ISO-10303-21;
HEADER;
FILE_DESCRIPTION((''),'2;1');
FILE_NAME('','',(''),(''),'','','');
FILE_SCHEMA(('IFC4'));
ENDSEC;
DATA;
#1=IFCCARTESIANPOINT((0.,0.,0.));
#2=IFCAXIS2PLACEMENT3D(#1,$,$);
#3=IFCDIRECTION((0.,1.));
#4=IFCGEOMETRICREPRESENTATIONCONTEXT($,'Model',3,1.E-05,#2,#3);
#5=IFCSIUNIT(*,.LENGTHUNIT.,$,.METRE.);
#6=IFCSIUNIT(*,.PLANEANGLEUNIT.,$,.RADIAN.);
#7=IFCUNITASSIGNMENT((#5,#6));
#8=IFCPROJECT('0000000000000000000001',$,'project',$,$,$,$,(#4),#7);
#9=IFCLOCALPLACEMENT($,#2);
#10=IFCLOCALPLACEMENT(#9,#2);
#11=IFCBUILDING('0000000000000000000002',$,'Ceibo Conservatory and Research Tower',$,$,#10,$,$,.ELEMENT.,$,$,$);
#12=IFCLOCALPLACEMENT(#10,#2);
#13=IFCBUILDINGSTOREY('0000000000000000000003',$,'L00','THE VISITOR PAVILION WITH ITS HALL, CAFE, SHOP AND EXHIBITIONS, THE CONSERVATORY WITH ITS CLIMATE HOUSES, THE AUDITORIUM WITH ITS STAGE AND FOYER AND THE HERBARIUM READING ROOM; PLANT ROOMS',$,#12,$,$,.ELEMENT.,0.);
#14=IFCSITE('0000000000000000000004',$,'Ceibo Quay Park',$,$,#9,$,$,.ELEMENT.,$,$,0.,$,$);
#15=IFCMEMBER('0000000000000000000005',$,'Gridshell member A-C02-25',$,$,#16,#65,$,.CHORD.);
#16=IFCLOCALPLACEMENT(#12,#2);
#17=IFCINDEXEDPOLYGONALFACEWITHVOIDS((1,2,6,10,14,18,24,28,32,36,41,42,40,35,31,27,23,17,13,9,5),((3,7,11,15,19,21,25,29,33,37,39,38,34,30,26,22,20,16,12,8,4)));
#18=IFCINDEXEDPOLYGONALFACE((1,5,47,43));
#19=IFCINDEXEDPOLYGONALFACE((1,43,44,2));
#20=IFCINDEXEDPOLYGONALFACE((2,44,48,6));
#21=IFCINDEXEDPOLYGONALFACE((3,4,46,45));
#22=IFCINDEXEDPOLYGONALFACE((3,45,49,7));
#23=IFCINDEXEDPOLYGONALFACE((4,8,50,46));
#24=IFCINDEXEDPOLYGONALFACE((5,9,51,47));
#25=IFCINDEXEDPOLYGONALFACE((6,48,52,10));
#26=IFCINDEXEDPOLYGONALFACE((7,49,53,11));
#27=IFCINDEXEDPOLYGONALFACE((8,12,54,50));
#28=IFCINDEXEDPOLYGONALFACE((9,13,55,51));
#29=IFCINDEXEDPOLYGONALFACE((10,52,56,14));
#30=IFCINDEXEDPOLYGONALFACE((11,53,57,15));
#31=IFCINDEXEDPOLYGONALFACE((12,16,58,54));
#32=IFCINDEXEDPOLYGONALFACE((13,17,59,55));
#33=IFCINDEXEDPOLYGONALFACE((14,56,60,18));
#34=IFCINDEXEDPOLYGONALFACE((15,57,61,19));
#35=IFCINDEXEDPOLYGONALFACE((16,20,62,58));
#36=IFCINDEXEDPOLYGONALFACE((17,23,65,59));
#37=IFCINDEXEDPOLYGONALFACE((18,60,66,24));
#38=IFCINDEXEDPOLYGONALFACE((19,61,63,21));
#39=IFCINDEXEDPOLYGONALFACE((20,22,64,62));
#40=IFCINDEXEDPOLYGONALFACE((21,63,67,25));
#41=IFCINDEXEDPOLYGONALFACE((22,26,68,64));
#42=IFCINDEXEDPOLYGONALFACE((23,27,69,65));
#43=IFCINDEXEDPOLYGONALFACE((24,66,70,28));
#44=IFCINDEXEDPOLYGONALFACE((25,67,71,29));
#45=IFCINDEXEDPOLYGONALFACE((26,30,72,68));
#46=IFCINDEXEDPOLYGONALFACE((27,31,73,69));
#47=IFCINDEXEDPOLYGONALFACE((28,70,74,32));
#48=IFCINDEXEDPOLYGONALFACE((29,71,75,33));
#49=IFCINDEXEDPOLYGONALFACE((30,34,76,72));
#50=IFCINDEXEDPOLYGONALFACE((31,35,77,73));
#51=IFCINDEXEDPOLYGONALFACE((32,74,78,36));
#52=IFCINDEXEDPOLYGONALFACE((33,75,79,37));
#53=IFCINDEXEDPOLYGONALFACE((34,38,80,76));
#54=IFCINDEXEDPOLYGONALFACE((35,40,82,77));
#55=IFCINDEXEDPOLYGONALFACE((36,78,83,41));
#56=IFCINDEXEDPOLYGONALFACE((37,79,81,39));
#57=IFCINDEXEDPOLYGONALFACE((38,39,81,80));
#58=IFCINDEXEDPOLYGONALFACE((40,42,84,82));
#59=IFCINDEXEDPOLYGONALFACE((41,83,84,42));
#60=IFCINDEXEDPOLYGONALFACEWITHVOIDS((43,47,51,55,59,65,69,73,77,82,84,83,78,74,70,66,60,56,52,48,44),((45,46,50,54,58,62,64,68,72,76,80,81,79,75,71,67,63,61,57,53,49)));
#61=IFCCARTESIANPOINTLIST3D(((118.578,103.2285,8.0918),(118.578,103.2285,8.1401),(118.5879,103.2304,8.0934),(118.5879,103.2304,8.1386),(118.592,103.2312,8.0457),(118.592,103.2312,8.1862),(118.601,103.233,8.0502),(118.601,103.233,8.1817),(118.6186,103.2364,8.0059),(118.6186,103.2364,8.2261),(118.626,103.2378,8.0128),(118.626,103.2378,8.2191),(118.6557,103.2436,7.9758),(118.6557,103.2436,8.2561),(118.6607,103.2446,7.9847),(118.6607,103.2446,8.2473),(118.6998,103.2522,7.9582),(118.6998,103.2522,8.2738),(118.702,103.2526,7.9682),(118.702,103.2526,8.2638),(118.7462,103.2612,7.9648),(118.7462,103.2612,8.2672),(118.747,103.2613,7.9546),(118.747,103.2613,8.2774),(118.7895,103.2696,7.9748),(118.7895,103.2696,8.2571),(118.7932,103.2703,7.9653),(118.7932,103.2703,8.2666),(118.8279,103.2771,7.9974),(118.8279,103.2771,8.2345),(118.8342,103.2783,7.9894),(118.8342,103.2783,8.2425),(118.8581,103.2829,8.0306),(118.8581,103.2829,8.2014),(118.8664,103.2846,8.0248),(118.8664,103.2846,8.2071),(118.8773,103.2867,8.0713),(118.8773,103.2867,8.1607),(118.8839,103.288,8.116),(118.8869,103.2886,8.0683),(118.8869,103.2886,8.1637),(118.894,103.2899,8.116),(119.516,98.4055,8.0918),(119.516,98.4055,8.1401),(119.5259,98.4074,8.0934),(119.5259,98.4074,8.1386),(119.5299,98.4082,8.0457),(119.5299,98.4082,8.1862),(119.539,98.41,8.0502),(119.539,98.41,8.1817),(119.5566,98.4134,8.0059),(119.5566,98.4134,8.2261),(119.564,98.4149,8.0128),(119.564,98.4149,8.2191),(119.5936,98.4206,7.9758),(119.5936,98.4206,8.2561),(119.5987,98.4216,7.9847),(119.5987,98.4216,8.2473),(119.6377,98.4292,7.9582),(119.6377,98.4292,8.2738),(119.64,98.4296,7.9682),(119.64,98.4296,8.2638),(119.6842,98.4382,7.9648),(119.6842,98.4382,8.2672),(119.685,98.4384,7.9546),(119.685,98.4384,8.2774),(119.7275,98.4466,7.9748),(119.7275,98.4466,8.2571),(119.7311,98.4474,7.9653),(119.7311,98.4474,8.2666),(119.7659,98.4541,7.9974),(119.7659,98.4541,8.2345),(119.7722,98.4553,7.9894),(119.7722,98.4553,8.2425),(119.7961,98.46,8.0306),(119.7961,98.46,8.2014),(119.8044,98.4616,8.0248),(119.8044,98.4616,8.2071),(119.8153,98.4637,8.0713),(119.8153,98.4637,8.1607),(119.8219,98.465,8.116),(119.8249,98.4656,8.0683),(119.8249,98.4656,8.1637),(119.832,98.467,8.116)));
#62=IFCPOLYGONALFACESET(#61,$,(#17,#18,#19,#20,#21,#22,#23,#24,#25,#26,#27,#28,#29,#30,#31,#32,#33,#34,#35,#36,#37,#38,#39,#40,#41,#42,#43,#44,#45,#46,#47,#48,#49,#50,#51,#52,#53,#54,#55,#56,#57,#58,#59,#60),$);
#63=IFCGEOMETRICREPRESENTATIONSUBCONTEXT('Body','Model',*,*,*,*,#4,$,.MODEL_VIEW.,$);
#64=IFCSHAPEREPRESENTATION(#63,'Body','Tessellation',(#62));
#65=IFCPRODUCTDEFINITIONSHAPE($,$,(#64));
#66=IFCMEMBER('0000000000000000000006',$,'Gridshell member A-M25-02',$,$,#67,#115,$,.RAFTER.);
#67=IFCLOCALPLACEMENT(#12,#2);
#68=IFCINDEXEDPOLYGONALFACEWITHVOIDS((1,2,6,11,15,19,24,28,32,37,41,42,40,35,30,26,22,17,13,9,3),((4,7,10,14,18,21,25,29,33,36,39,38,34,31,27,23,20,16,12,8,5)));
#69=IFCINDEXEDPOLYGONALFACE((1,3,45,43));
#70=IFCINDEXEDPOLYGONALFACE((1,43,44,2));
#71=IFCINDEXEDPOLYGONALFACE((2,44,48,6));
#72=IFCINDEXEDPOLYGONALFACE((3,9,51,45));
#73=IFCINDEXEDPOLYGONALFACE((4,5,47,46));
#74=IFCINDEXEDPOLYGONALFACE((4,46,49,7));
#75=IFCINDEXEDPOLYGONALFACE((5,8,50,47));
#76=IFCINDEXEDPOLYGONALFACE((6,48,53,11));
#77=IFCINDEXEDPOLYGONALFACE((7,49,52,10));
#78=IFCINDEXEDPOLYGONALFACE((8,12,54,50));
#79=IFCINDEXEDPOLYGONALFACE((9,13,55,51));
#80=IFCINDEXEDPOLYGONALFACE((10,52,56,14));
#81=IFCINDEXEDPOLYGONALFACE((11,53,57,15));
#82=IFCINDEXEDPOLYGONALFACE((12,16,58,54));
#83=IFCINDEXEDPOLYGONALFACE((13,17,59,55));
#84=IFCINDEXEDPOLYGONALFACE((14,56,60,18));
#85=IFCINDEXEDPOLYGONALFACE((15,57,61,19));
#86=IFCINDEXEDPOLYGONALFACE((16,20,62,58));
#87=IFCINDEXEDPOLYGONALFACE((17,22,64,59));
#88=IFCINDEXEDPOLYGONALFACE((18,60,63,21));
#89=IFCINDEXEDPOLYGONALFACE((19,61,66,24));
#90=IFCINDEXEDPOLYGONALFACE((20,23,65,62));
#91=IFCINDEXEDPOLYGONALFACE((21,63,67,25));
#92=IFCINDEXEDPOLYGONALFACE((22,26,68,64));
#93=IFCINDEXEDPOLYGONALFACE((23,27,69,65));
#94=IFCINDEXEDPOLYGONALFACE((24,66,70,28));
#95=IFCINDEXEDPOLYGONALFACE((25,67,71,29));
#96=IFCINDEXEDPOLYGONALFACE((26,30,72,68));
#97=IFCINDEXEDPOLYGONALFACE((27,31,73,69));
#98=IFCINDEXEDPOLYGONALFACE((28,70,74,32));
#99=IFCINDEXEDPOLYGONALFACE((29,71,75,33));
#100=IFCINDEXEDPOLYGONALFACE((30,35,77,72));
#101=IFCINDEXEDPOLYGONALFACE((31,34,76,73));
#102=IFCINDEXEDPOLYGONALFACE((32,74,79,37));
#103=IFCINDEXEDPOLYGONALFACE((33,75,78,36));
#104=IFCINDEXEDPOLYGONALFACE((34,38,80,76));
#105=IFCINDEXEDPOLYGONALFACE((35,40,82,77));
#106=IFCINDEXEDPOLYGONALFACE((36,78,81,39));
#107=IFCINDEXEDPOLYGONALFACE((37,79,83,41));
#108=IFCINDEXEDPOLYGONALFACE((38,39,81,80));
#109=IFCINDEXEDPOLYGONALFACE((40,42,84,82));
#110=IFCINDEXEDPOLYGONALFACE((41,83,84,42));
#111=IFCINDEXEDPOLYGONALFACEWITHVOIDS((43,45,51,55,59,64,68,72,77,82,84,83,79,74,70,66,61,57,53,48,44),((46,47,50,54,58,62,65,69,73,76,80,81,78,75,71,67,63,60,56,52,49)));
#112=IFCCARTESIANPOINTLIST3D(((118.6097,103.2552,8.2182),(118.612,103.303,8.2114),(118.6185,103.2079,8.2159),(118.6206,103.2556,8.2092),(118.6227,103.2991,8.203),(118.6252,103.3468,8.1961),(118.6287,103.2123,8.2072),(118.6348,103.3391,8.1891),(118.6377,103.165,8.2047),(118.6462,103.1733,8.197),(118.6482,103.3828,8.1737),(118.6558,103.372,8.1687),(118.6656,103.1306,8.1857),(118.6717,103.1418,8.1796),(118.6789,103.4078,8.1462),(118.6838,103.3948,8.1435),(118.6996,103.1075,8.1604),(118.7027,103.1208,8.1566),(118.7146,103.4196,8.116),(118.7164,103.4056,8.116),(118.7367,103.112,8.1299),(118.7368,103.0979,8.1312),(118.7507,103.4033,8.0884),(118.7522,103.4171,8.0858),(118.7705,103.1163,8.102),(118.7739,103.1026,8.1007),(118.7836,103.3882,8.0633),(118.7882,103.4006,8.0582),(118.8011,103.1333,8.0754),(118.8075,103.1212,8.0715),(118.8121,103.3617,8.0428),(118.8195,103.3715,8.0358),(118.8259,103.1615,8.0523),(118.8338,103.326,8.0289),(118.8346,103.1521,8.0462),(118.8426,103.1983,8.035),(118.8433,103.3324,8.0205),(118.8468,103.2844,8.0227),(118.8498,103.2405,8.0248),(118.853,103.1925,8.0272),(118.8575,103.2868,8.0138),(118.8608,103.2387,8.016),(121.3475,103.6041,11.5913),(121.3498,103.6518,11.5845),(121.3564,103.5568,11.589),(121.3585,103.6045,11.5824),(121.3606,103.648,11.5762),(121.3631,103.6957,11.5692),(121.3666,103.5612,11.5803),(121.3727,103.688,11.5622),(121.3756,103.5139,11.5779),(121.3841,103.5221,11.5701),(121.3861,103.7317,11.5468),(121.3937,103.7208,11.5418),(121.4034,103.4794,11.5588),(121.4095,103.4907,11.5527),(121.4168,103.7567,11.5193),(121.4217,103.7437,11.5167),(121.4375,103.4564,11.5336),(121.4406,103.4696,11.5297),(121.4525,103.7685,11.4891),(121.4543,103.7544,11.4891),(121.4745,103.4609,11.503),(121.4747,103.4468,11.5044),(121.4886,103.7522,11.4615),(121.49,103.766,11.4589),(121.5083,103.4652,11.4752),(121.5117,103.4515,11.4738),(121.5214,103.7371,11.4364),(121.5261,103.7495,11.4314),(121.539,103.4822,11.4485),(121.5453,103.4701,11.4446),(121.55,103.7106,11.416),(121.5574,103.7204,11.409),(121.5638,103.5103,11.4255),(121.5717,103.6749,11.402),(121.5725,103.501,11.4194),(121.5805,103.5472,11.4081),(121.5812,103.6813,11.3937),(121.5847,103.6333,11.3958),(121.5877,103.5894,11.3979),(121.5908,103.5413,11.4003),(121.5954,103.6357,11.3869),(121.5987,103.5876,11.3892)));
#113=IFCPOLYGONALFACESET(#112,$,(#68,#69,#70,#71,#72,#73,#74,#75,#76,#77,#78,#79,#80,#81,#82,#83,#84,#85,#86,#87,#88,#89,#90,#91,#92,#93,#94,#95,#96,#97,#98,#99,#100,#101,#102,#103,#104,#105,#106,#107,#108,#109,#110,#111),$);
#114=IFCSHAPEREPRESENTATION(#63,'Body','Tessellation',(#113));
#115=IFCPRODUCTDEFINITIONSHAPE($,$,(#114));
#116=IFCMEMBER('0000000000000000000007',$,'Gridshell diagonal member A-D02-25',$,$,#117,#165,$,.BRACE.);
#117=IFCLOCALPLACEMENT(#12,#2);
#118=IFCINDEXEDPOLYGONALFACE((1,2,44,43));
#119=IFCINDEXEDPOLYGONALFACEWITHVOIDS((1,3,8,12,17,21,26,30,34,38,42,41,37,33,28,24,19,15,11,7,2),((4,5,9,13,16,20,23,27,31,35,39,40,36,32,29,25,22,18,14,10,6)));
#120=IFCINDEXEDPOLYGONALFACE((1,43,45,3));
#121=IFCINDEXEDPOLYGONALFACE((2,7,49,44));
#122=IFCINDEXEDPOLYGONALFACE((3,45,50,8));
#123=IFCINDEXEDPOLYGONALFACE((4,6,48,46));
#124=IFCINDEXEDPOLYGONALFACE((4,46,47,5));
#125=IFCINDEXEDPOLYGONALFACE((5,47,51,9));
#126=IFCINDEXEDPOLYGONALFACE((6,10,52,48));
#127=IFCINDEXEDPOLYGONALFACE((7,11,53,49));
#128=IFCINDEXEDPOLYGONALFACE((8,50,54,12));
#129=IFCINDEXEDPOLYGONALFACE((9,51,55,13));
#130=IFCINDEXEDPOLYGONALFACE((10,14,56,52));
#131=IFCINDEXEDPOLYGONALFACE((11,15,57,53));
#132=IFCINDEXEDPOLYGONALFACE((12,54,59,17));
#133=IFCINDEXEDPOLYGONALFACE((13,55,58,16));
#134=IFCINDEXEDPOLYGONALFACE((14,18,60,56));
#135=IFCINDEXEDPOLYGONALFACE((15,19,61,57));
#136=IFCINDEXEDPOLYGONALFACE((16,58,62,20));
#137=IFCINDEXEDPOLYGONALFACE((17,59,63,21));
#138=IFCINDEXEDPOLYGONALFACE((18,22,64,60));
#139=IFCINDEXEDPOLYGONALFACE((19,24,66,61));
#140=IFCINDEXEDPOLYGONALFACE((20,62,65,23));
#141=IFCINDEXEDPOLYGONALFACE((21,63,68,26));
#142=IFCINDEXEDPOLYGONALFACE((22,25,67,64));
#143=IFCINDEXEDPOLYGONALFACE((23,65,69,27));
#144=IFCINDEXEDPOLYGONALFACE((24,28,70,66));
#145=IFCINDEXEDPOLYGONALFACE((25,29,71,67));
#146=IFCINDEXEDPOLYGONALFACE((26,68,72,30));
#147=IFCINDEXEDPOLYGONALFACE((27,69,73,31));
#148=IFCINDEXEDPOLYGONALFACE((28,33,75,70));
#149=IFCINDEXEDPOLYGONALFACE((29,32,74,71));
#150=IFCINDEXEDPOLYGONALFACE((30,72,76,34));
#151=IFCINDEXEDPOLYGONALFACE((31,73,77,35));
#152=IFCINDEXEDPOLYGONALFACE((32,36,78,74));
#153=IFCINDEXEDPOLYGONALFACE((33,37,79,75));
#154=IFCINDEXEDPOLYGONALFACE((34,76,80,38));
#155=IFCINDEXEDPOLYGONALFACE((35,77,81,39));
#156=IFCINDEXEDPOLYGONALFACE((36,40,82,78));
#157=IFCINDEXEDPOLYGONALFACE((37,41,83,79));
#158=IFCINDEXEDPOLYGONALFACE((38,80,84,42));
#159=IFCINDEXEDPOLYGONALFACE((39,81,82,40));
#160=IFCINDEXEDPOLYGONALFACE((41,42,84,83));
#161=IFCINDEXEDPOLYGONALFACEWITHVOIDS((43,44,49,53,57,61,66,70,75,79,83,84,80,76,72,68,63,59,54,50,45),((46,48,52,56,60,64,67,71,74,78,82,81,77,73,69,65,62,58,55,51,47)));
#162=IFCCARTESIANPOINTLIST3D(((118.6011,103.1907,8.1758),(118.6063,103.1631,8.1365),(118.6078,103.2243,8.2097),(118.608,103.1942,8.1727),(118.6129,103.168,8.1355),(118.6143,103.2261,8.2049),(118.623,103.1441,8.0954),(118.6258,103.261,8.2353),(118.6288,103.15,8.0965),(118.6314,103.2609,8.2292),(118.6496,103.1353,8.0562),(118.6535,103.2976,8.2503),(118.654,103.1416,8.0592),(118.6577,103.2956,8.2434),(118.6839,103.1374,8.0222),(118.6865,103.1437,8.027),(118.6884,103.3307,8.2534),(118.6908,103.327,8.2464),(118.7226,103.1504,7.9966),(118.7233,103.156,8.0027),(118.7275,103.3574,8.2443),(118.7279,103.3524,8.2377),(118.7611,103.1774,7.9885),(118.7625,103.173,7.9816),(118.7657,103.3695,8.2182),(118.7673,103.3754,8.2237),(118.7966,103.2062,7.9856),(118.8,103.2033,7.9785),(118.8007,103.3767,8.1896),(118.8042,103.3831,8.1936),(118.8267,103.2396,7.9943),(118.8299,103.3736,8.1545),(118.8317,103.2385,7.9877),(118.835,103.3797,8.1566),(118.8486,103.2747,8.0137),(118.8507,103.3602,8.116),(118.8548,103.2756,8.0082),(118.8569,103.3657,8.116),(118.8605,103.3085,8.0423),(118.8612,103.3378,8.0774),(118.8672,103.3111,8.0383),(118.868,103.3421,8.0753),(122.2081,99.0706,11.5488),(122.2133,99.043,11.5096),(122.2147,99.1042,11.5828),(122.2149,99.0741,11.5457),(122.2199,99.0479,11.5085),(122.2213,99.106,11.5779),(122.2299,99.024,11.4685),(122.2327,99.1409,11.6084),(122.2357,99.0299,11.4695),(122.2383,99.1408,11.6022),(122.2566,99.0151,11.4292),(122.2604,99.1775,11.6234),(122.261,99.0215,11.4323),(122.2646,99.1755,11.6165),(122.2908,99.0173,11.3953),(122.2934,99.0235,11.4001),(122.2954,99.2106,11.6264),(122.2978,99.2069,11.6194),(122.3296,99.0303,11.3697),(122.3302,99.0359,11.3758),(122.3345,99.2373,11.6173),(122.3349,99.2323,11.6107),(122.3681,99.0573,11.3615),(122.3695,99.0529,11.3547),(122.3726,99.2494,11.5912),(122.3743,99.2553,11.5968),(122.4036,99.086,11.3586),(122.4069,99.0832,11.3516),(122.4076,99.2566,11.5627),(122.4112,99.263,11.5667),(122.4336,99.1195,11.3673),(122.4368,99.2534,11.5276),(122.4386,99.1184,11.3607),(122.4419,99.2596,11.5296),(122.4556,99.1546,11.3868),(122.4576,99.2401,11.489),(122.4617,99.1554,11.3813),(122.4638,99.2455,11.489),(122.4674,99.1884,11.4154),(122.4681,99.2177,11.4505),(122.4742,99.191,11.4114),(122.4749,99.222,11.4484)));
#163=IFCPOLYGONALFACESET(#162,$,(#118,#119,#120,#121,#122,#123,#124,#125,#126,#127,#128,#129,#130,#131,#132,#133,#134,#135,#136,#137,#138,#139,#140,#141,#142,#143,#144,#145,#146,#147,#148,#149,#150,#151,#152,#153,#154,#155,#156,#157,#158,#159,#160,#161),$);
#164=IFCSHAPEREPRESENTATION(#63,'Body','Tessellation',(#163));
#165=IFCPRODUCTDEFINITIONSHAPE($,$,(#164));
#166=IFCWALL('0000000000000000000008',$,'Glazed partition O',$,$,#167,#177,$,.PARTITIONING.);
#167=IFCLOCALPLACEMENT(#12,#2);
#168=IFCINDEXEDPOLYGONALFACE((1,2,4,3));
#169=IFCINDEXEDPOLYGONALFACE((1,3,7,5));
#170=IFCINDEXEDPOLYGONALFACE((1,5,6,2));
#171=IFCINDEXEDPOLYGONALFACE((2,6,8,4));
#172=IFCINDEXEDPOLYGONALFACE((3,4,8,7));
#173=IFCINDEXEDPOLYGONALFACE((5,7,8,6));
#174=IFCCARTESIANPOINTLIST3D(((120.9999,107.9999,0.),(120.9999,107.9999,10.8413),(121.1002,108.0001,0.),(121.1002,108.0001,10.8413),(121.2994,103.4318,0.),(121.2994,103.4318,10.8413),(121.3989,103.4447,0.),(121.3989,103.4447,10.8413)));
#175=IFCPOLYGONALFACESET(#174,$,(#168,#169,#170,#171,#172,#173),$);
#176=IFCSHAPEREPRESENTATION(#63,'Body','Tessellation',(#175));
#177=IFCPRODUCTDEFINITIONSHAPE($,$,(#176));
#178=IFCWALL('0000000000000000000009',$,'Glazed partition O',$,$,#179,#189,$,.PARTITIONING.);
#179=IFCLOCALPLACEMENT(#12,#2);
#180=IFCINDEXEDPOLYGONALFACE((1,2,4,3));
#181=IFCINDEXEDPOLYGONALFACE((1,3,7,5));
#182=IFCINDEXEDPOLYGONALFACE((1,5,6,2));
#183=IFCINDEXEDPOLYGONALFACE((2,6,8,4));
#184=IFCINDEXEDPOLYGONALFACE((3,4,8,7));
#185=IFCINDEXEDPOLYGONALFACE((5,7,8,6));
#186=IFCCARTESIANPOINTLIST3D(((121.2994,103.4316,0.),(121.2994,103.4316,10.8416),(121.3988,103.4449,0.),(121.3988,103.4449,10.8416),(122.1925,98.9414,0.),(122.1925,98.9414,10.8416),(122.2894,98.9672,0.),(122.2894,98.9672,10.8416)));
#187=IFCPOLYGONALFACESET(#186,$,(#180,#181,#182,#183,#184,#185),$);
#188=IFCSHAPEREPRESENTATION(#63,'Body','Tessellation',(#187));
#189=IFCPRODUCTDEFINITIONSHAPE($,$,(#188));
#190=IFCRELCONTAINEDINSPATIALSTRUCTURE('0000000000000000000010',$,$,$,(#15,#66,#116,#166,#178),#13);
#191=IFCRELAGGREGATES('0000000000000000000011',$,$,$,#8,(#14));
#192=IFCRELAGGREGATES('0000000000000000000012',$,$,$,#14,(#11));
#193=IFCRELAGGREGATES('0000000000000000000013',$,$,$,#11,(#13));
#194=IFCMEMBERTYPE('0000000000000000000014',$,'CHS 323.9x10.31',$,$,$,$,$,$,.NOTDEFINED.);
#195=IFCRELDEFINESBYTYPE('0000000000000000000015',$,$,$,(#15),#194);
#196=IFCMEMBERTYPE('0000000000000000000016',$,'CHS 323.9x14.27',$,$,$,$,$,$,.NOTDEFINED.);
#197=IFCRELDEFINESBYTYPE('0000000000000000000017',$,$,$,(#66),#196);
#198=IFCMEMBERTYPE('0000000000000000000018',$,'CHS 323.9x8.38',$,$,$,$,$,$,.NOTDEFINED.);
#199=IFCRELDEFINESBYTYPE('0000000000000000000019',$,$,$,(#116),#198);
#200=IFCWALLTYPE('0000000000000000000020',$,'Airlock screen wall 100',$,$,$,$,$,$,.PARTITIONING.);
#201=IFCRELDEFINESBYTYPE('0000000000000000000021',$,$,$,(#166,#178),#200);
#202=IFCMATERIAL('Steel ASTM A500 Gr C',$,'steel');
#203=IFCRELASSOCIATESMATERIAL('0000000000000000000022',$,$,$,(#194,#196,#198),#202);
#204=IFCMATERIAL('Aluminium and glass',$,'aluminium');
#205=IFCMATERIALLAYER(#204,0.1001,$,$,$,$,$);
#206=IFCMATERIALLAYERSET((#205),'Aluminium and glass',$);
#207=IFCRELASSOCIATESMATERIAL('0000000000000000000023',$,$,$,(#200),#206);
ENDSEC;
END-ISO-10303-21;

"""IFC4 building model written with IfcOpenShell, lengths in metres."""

from ifc_helpers import new_model, si_unit, direction, frame, origin, origin_2d, place, context, subcontext, project, spatial, polyline, hollow_circle, outline, extrude, material, layer, layer_set, material_profile, profile_set, type_object, element, save


model = new_model("IFC4")

# Units and contexts
model_context = context("Model", 3, precision=1e-05, world=origin(), true_north=direction((0.0, 1.0)))
body_context = subcontext(model_context, "Body", "Model", "MODEL_VIEW")
ifc_project = project(units=[si_unit("LENGTHUNIT", "METRE"), si_unit("PLANEANGLEUNIT", "RADIAN")], contexts=[model_context])

# Site, building, storey
site_placement = place(None, origin())
site = spatial("IfcSite", under=ifc_project, at=site_placement, Name="Ceibo Quay Park", CompositionType="ELEMENT", RefElevation=0.0)
building_placement = place(site_placement, origin())
building = spatial("IfcBuilding", under=site, at=building_placement, Name="Ceibo Conservatory and Research Tower", CompositionType="ELEMENT")
storey_placement = place(building_placement, origin())
storey = spatial("IfcBuildingStorey", under=building, at=storey_placement, Name="L00", Description="THE VISITOR PAVILION WITH ITS HALL, CAFE, SHOP AND EXHIBITIONS, THE CONSERVATORY WITH ITS CLIMATE HOUSES, THE AUDITORIUM WITH ITS STAGE AND FOYER AND THE HERBARIUM READING ROOM; PLANT ROOMS", CompositionType="ELEMENT", Elevation=0.0)

# Members
ifc_material_1 = material(Name="Steel ASTM A500 Gr C", Category="steel")
ifc_material_profile_1 = material_profile(ifc_material_1, hollow_circle(Radius=0.1619, WallThickness=0.0103, at=origin_2d()), Name="CHS 323.9x10.31")
ifc_profile_set_1 = profile_set([ifc_material_profile_1], Name="Steel ASTM A500 Gr C")
member_type_1 = type_object("IfcMemberType", Name="CHS 323.9x10.31", PredefinedType="NOTDEFINED", material=ifc_profile_set_1)
member_1_placement = place(storey_placement, frame((118.7351, 103.259, 8.116), z_axis=(0.190906, -0.981608, 0.0), x_axis=(0.981608, 0.190906, 0.0)))
element("IfcMember", 1, at=member_1_placement, inside=storey, type_object=member_type_1, Name="Gridshell member A-C02-25", PredefinedType="CHORD", context=body_context, shape_type="SweptSolid", body=[
    extrude(hollow_circle(Radius=0.1619, WallThickness=0.0103, at=origin_2d()), origin(), (0.0, 0.0, 1.0), 4.9133),
])
ifc_material_profile_2 = material_profile(ifc_material_1, hollow_circle(Radius=0.1619, WallThickness=0.0142, at=origin_2d()), Name="CHS 323.9x14.27")
ifc_profile_set_2 = profile_set([ifc_material_profile_2], Name="Steel ASTM A500 Gr C")
member_type_2 = type_object("IfcMemberType", Name="CHS 323.9x14.27", PredefinedType="NOTDEFINED", material=ifc_profile_set_2)
member_2_placement = place(storey_placement, frame((118.7351, 103.259, 8.116), z_axis=(0.628181, 0.080049, 0.773939), x_axis=(-0.126408, 0.991978, 0.0)))
element("IfcMember", 2, at=member_2_placement, inside=storey, type_object=member_type_2, Name="Gridshell member A-M25-02", PredefinedType="RAFTER", context=body_context, shape_type="SweptSolid", body=[
    extrude(hollow_circle(Radius=0.1619, WallThickness=0.0142, at=origin_2d()), origin(), (0.0, 0.0, 1.0), 4.3584),
])
ifc_material_profile_3 = material_profile(ifc_material_1, hollow_circle(Radius=0.1619, WallThickness=0.0083, at=origin_2d()), Name="CHS 323.9x8.38")
ifc_profile_set_3 = profile_set([ifc_material_profile_3], Name="Steel ASTM A500 Gr C")
member_type_3 = type_object("IfcMemberType", Name="CHS 323.9x8.38", PredefinedType="NOTDEFINED", material=ifc_profile_set_3)
member_3_placement = place(storey_placement, frame((118.7351, 103.259, 8.116), z_axis=(0.560833, -0.640626, 0.524466), x_axis=(0.752411, 0.658694, 0.0)))
element("IfcMember", 3, at=member_3_placement, inside=storey, type_object=member_type_3, Name="Gridshell diagonal member A-D02-25", PredefinedType="BRACE", context=body_context, shape_type="SweptSolid", body=[
    extrude(hollow_circle(Radius=0.1619, WallThickness=0.0083, at=origin_2d()), origin(), (0.0, 0.0, 1.0), 6.4314),
])

# Walls
ifc_material_2 = material(Name="Aluminium and glass", Category="aluminium")
ifc_layer_1 = layer(ifc_material_2, 0.1001)
ifc_layer_set_1 = layer_set([ifc_layer_1], Name="Aluminium and glass")
wall_type_1 = type_object("IfcWallType", Name="Airlock screen wall 100", PredefinedType="PARTITIONING", material=ifc_layer_set_1)
wall_1_placement = place(storey_placement, frame((121.05, 108.0, 0.0), z_axis=(0.0, 0.0, 1.0), x_axis=(0.06542, -0.997858, 0.0)))
element("IfcWall", 4, at=wall_1_placement, inside=storey, type_object=wall_type_1, Name="Glazed partition O", PredefinedType="PARTITIONING", context=body_context, shape_type="SweptSolid", body=[
    extrude(outline(polyline([(-0.0032, -0.05), (4.5747, -0.05), (4.5684, 0.05), (0.0032, 0.05), (-0.0032, -0.05)])), origin(), (0.0, 0.0, 1.0), 10.8413),
])
for number, where, z_axis, x_axis, name in (
    (5, (121.3491, 103.4382, 0.0), (0.0, 0.0, 1.0), (0.195079, -0.980788, 0.0), "Glazed partition O"),
):
    element("IfcWall", number, at=place(storey_placement, frame(where, z_axis=z_axis, x_axis=x_axis)), inside=storey, type_object=wall_type_1, Name=name, PredefinedType="PARTITIONING", context=body_context, shape_type="SweptSolid", body=[
        extrude(outline(polyline([(-0.0032, -0.05), (4.575, -0.05), (4.5686, 0.05), (0.0032, 0.05), (-0.0032, -0.05)])), origin(), (0.0, 0.0, 1.0), 10.8416),
    ])

save(model, "model.ifc")
